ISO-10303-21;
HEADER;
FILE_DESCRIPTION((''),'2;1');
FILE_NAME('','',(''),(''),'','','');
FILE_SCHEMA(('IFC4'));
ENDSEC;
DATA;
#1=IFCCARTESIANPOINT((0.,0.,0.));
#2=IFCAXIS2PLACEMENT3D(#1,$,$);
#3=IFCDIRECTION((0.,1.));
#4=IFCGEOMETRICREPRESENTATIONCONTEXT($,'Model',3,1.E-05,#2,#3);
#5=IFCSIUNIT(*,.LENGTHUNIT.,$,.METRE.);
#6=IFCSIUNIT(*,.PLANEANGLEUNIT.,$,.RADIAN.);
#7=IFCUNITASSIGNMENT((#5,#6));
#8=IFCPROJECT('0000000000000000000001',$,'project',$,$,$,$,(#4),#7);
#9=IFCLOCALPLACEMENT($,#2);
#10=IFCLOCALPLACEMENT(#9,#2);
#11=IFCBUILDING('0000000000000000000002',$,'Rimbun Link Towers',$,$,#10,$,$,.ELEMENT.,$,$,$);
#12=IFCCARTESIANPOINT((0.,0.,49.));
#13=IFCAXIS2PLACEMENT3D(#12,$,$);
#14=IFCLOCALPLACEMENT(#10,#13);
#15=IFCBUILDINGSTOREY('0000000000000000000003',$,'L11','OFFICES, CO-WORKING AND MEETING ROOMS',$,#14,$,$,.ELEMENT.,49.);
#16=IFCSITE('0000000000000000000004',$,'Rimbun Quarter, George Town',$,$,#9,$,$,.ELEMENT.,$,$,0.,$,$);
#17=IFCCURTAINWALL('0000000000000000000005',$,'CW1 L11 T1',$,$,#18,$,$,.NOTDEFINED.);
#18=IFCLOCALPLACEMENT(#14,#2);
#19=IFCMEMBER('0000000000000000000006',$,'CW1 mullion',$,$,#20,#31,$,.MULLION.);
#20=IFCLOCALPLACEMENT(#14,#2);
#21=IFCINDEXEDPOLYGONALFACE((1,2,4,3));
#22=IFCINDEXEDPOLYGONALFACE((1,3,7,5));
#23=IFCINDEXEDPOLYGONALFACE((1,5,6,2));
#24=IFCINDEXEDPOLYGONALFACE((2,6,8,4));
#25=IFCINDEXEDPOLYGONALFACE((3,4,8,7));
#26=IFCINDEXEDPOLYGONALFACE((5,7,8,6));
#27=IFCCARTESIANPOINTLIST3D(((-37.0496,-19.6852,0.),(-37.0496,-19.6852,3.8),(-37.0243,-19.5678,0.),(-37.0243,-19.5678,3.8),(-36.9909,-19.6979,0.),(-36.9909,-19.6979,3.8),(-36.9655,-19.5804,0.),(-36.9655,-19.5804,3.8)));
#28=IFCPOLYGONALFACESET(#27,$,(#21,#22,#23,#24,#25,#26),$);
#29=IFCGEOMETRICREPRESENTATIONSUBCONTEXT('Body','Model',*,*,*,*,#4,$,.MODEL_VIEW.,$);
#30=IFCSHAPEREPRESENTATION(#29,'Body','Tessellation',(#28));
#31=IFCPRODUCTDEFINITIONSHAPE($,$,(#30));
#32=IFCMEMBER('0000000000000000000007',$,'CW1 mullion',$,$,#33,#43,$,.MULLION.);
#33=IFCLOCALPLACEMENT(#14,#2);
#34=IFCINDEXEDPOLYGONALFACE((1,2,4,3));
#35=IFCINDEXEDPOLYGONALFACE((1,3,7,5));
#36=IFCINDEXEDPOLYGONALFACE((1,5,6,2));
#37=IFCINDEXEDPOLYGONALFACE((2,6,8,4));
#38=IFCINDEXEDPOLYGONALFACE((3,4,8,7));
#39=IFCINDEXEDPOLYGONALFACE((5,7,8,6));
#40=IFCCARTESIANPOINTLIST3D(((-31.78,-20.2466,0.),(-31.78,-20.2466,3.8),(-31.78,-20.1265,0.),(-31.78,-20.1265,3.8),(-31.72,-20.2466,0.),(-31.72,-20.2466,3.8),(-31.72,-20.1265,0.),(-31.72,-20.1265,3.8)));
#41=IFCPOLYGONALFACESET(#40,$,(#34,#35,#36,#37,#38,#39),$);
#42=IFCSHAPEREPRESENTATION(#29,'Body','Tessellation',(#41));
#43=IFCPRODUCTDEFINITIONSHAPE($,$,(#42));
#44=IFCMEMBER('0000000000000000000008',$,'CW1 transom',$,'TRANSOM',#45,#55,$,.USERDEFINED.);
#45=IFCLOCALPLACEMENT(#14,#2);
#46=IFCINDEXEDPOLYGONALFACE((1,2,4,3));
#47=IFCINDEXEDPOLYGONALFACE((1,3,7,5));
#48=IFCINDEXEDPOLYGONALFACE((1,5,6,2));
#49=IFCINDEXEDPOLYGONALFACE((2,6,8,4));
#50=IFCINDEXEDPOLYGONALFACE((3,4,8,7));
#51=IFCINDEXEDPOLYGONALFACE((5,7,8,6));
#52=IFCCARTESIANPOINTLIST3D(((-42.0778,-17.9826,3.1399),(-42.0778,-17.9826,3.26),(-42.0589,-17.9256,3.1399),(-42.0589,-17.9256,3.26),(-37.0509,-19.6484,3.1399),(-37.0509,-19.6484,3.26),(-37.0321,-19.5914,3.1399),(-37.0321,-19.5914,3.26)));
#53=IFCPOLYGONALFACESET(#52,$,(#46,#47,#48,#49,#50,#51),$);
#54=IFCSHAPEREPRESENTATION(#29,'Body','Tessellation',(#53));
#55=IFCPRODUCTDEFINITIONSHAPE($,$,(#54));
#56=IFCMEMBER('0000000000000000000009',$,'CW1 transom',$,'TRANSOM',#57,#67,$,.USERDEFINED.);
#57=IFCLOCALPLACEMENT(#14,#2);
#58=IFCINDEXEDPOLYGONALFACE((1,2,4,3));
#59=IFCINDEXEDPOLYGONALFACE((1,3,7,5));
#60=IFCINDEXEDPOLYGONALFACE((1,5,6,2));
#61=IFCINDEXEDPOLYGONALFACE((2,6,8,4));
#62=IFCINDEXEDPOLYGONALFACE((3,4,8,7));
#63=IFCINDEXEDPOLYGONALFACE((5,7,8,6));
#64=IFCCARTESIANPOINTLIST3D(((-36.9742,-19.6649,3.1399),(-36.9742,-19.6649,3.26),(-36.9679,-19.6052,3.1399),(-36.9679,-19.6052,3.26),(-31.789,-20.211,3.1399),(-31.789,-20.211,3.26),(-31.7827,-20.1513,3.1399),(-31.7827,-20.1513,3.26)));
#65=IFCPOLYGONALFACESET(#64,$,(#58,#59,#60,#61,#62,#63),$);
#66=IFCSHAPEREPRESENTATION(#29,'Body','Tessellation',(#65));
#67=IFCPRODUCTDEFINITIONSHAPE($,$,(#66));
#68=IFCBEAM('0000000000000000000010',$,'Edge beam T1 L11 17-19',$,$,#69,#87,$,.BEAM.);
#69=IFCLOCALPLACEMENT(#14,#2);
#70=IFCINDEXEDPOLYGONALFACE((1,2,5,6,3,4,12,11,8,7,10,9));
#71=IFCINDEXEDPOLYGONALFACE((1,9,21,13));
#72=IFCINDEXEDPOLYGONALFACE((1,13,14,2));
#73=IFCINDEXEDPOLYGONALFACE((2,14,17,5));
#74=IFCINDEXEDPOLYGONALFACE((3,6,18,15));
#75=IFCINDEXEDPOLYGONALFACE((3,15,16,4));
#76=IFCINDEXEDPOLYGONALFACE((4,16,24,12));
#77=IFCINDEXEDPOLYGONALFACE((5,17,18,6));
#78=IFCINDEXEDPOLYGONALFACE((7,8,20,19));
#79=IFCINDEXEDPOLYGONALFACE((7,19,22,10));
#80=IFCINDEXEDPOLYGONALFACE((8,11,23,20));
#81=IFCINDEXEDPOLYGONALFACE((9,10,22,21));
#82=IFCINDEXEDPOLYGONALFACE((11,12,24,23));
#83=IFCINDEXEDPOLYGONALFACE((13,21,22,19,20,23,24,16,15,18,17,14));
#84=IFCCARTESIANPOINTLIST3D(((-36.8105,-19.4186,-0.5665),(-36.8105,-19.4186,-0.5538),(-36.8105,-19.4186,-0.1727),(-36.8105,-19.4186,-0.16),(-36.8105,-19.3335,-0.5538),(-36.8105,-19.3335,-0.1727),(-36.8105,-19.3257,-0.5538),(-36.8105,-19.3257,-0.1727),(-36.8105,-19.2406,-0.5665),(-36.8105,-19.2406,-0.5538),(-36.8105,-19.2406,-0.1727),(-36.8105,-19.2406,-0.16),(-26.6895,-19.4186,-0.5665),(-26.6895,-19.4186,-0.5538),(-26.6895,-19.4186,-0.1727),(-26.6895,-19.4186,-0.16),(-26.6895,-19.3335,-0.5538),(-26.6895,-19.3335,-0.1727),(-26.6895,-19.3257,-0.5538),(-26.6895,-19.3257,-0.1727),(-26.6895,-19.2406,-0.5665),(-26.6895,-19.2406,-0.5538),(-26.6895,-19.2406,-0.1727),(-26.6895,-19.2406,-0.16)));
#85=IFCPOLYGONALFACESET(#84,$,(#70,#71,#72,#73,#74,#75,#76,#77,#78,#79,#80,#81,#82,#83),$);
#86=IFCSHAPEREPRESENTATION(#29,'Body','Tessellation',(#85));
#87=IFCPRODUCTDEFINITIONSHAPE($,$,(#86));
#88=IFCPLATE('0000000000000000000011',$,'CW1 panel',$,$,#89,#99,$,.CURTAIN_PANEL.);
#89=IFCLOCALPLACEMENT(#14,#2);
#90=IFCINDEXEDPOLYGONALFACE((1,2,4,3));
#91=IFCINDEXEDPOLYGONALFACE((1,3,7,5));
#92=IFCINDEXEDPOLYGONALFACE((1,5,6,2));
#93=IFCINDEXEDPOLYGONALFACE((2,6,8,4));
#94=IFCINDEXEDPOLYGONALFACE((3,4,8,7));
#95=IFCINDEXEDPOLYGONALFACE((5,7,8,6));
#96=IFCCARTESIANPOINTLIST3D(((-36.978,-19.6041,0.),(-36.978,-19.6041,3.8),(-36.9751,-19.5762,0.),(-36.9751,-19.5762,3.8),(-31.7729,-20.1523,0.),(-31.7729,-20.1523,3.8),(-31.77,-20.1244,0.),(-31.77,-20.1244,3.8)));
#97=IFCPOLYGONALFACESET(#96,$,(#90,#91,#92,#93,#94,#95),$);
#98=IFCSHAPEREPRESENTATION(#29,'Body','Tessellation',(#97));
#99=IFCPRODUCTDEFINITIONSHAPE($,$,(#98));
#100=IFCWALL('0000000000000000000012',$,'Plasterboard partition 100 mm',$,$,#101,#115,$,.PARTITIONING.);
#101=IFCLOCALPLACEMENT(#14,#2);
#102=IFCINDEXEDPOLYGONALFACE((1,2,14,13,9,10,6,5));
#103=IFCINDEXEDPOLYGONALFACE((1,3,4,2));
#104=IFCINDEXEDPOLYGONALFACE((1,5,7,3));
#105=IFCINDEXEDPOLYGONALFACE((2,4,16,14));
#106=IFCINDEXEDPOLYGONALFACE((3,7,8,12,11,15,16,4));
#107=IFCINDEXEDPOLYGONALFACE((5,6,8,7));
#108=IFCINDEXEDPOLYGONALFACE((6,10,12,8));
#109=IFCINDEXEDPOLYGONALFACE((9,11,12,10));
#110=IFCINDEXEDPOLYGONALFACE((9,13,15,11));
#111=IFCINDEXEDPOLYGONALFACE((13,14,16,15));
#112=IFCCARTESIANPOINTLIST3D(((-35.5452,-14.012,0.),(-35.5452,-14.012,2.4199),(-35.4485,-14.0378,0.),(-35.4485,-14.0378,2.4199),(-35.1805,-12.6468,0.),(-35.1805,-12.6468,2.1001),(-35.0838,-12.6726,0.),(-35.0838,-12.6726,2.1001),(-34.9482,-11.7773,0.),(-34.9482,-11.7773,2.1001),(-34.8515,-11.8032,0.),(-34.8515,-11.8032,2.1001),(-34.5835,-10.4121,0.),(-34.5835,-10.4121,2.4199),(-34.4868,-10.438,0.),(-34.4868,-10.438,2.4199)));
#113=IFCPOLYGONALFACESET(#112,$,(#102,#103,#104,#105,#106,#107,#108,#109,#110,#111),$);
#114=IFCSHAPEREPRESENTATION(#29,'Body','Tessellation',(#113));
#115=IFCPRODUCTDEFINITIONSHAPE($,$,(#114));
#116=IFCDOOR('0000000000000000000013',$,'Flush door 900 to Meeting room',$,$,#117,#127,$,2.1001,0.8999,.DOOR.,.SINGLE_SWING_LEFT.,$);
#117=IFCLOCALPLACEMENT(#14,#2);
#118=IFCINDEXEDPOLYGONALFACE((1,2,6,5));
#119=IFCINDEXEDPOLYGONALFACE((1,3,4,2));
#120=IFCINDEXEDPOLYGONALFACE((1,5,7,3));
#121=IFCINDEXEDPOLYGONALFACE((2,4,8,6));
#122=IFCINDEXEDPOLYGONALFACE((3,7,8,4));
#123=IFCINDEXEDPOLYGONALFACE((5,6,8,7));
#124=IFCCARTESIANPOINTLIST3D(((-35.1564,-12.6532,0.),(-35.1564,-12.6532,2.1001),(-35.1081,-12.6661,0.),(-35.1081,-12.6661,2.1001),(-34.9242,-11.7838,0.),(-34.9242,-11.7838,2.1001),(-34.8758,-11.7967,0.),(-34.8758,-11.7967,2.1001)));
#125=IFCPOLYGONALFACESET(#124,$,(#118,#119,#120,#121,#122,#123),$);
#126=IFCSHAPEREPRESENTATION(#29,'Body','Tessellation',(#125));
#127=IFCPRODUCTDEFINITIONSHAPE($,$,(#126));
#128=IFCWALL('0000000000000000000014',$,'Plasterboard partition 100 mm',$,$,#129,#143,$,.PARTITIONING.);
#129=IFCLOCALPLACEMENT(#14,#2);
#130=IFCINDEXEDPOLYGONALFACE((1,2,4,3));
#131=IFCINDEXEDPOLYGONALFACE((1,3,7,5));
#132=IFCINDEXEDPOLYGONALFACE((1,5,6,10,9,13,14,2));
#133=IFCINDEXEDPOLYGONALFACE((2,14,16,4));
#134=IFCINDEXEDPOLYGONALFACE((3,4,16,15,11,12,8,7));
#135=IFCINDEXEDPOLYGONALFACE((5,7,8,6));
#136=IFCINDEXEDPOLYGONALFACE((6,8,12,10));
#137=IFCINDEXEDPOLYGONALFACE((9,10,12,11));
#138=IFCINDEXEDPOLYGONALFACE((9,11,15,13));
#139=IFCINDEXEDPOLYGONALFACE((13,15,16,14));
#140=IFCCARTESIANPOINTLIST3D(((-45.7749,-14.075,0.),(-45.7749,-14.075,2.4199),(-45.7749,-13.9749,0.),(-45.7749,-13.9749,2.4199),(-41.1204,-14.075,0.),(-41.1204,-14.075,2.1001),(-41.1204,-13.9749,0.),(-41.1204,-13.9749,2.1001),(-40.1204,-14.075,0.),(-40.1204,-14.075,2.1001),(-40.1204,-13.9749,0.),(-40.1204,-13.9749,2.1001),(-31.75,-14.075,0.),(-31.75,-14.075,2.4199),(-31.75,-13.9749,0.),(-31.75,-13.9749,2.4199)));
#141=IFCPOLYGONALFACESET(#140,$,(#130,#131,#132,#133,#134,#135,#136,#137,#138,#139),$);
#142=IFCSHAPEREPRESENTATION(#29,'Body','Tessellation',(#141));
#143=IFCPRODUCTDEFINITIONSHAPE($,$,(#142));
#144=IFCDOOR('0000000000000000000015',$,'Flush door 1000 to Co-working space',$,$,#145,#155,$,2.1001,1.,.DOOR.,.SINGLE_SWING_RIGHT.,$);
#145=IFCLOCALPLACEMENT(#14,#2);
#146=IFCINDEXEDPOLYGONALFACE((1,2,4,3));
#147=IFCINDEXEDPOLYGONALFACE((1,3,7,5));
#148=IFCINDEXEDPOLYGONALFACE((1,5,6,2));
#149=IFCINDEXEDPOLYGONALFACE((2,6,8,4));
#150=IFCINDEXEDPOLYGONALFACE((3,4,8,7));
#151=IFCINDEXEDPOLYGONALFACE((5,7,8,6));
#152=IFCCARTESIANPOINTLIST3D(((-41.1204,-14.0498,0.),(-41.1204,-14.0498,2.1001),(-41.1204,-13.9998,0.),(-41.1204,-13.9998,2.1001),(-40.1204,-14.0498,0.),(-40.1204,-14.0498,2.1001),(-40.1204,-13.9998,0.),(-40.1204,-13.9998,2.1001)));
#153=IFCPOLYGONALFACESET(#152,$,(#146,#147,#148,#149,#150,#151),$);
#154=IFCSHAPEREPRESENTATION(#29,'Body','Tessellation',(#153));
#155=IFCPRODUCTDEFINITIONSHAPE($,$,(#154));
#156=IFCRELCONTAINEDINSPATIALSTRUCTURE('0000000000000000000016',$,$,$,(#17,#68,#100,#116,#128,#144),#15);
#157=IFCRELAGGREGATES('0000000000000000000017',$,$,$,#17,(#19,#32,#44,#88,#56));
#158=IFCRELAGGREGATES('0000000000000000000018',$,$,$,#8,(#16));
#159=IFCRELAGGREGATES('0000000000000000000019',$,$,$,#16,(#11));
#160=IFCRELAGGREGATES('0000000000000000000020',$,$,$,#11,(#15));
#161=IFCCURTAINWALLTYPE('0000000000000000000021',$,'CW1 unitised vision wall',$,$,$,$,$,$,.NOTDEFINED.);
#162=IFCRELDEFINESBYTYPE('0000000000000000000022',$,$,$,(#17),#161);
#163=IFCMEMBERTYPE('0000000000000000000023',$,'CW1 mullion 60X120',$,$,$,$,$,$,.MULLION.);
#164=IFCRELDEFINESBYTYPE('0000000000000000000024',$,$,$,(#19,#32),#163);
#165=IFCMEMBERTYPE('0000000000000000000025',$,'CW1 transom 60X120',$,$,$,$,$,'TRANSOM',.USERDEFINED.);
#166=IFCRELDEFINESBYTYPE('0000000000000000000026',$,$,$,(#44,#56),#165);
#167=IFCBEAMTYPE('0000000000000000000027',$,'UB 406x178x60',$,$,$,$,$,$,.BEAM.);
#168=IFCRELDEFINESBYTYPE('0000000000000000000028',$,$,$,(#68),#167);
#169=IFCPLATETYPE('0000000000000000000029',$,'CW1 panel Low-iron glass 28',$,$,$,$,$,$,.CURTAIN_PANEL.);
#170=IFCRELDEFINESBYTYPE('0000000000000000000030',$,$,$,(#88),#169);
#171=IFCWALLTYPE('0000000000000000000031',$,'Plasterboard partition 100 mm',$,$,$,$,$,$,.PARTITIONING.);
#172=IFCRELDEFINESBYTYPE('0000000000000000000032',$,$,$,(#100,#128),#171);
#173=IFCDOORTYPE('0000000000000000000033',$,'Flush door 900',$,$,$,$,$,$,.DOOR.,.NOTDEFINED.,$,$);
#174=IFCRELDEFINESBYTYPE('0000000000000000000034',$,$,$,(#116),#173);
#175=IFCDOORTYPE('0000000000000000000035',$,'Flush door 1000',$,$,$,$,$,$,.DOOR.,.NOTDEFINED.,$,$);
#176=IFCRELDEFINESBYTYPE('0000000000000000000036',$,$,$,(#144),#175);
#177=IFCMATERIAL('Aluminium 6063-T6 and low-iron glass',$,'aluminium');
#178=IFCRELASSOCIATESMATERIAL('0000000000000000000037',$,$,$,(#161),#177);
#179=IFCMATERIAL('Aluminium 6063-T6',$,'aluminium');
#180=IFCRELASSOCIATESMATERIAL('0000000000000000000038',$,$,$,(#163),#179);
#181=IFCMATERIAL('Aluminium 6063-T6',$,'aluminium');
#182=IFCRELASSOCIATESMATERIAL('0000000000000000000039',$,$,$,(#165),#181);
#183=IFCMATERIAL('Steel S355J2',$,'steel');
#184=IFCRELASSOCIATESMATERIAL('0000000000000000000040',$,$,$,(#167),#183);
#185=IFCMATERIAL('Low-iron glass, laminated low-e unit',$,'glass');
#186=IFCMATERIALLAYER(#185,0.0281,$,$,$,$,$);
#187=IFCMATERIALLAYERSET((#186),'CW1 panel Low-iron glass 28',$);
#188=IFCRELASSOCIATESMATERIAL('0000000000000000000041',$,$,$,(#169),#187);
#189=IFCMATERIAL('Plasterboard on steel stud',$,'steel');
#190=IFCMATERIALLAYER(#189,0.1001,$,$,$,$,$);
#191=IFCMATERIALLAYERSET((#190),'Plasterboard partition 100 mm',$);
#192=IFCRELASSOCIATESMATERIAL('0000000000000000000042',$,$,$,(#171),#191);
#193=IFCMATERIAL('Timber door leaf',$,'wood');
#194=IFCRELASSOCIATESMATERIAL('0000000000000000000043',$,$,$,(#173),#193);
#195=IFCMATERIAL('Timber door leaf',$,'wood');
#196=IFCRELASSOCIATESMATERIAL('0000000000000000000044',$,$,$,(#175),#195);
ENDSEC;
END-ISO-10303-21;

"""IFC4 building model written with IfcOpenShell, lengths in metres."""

from ifc_helpers import new_model, si_unit, direction, frame, frame_2d, origin, origin_2d, place, context, subcontext, project, spatial, rectangle, i_section, extrude, material, layer, layer_set, material_profile, profile_set, type_object, element, fill, aggregate, save


model = new_model("IFC4")

# Units and contexts
model_context = context("Model", 3, precision=1e-05, world=origin(), true_north=direction((0.0, 1.0)))
body_context = subcontext(model_context, "Body", "Model", "MODEL_VIEW")
ifc_project = project(units=[si_unit("LENGTHUNIT", "METRE"), si_unit("PLANEANGLEUNIT", "RADIAN")], contexts=[model_context])

# Site, building, storey
site_placement = place(None, origin())
site = spatial("IfcSite", under=ifc_project, at=site_placement, Name="Rimbun Quarter, George Town", CompositionType="ELEMENT", RefElevation=0.0)
building_placement = place(site_placement, origin())
building = spatial("IfcBuilding", under=site, at=building_placement, Name="Rimbun Link Towers", CompositionType="ELEMENT")
storey_placement = place(building_placement, frame((0.0, 0.0, 49.0)))
storey = spatial("IfcBuildingStorey", under=building, at=storey_placement, Name="L11", Description="OFFICES, CO-WORKING AND MEETING ROOMS", CompositionType="ELEMENT", Elevation=49.0)

# Curtain wall, members
ifc_material_1 = material(Name="Aluminium 6063-T6 and low-iron glass", Category="aluminium")
curtain_wall_type = type_object("IfcCurtainWallType", Name="CW1 unitised vision wall", PredefinedType="NOTDEFINED", material=ifc_material_1)
curtain_wall_placement = place(storey_placement, origin())
curtain_wall = element("IfcCurtainWall", 1, at=curtain_wall_placement, inside=storey, type_object=curtain_wall_type, Name="CW1 L11 T1", PredefinedType="NOTDEFINED")
ifc_material_2 = material(Name="Aluminium 6063-T6", Category="aluminium")
ifc_material_profile_1 = material_profile(ifc_material_2, rectangle(XDim=0.1201, YDim=0.0601, at=origin_2d()), Name="MULLION 60X120")
ifc_profile_set_1 = profile_set([ifc_material_profile_1], Name="Aluminium 6063-T6")
member_type_1 = type_object("IfcMemberType", Name="CW1 mullion 60X120", PredefinedType="MULLION", material=ifc_profile_set_1)
member_1_placement = place(storey_placement, frame((-37.0076, -19.6328, 0.0), z_axis=(0.0, 0.0, 1.0), x_axis=(-0.210868, -0.977515, 0.0)))
member_1 = element("IfcMember", 2, at=member_1_placement, type_object=member_type_1, Name="CW1 mullion", PredefinedType="MULLION", context=body_context, shape_type="SweptSolid", body=[
    extrude(rectangle(XDim=0.1201, YDim=0.0601, at=origin_2d()), origin(), (0.0, 0.0, 1.0), 3.8),
])
member_2_placement = place(storey_placement, frame((-31.75, -20.1865, 0.0), z_axis=(0.0, 0.0, 1.0), x_axis=(0.0, -1.0, 0.0)))
member_2 = element("IfcMember", 3, at=member_2_placement, type_object=member_type_1, Name="CW1 mullion", PredefinedType="MULLION", context=body_context, shape_type="SweptSolid", body=[
    extrude(rectangle(XDim=0.1201, YDim=0.0601, at=origin_2d()), origin(), (0.0, 0.0, 1.0), 3.8),
])
ifc_material_3 = material(Name="Aluminium 6063-T6", Category="aluminium")
ifc_material_profile_2 = material_profile(ifc_material_3, rectangle(XDim=0.0601, YDim=0.1201, at=origin_2d()), Name="TRANSOM 60X120")
ifc_profile_set_2 = profile_set([ifc_material_profile_2], Name="Aluminium 6063-T6")
member_type_2 = type_object("IfcMemberType", Name="CW1 transom 60X120", ElementType="TRANSOM", PredefinedType="USERDEFINED", material=ifc_profile_set_2)
member_3_placement = place(storey_placement, frame((-37.0415, -19.6199, 3.2), z_axis=(-0.94924, 0.314554, 0.0), x_axis=(-0.314554, -0.94924, 0.0)))
member_3 = element("IfcMember", 4, at=member_3_placement, type_object=member_type_2, Name="CW1 transom", ObjectType="TRANSOM", PredefinedType="USERDEFINED", context=body_context, shape_type="SweptSolid", body=[
    extrude(rectangle(XDim=0.0601, YDim=0.1201, at=origin_2d()), origin(), (0.0, 0.0, 1.0), 5.2957),
])
member_4_placement = place(storey_placement, frame((-31.7859, -20.1812, 3.2), z_axis=(-0.994499, 0.104746, 0.0), x_axis=(-0.104746, -0.994499, 0.0)))
member_4 = element("IfcMember", 5, at=member_4_placement, type_object=member_type_2, Name="CW1 transom", ObjectType="TRANSOM", PredefinedType="USERDEFINED", context=body_context, shape_type="SweptSolid", body=[
    extrude(rectangle(XDim=0.0601, YDim=0.1201, at=origin_2d()), origin(), (0.0, 0.0, 1.0), 5.2139),
])

# Beam
ifc_material_4 = material(Name="Steel S355J2", Category="steel")
ifc_material_profile_3 = material_profile(ifc_material_4, i_section(OverallWidth=0.178, OverallDepth=0.4065, WebThickness=0.0078, FlangeThickness=0.0127, at=origin_2d()), Name="UB 406x178x60")
ifc_profile_set_3 = profile_set([ifc_material_profile_3], Name="Steel S355J2")
beam_type = type_object("IfcBeamType", Name="UB 406x178x60", PredefinedType="BEAM", material=ifc_profile_set_3)
beam_placement = place(storey_placement, frame((-36.8105, -19.3296, -0.3633), z_axis=(1.0, 0.0, 0.0), x_axis=(0.0, 1.0, 0.0)))
element("IfcBeam", 6, at=beam_placement, inside=storey, type_object=beam_type, Name="Edge beam T1 L11 17-19", PredefinedType="BEAM", context=body_context, shape_type="SweptSolid", body=[
    extrude(i_section(OverallWidth=0.178, OverallDepth=0.4065, WebThickness=0.0078, FlangeThickness=0.0127, at=origin_2d()), origin(), (0.0, 0.0, 1.0), 10.1211),
])

# Plate
ifc_material_5 = material(Name="Low-iron glass, laminated low-e unit", Category="glass")
ifc_layer_1 = layer(ifc_material_5, 0.0281)
ifc_layer_set_1 = layer_set([ifc_layer_1], Name="CW1 panel Low-iron glass 28")
plate_type = type_object("IfcPlateType", Name="CW1 panel Low-iron glass 28", PredefinedType="CURTAIN_PANEL", material=ifc_layer_set_1)
plate_placement = place(storey_placement, frame((-34.374, -19.8643, 0.0), z_axis=(0.0, 0.0, 1.0), x_axis=(-0.994499, 0.104742, 0.0)))
plate = element("IfcPlate", 7, at=plate_placement, type_object=plate_type, Name="CW1 panel", PredefinedType="CURTAIN_PANEL", context=body_context, shape_type="SweptSolid", body=[
    extrude(rectangle(XDim=5.2339, YDim=0.0281, at=origin_2d()), origin(), (0.0, 0.0, 1.0), 3.8),
])
aggregate(curtain_wall, [member_1, member_2, member_3, plate, member_4])

# Walls, openings, doors
ifc_material_6 = material(Name="Plasterboard on steel stud", Category="steel")
ifc_layer_2 = layer(ifc_material_6, 0.1001)
ifc_layer_set_2 = layer_set([ifc_layer_2], Name="Plasterboard partition 100 mm")
wall_type = type_object("IfcWallType", Name="Plasterboard partition 100 mm", PredefinedType="PARTITIONING", material=ifc_layer_set_2)
wall_1_placement = place(storey_placement, frame((-34.5352, -10.425, 0.0), z_axis=(0.0, 0.0, 1.0), x_axis=(-0.258091, -0.966121, 0.0)))
wall_1 = element("IfcWall", 8, at=wall_1_placement, inside=storey, type_object=wall_type, Name="Plasterboard partition 100 mm", PredefinedType="PARTITIONING", context=body_context, shape_type="SweptSolid", body=[
    extrude(rectangle(XDim=3.7261, YDim=0.1001, at=frame_2d((1.863, 0.0))), origin(), (0.0, 0.0, 1.0), 2.4199),
])
opening_1_placement = place(wall_1_placement, frame((1.4131, 0.0, 0.0)))
opening_1 = element("IfcOpeningElement", 9, at=opening_1_placement, cuts=wall_1, PredefinedType="OPENING", context=body_context, shape_type="SweptSolid", body=[
    extrude(rectangle(XDim=0.8999, YDim=2.1001, at=frame_2d((0.45, 1.05))), frame((0.0, 0.0601, 0.0), z_axis=(0.0, -1.0, 0.0), x_axis=(1.0, 0.0, 0.0)), (0.0, 0.0, 1.0), 0.1201),
])
ifc_material_7 = material(Name="Timber door leaf", Category="wood")
door_type_1 = type_object("IfcDoorType", Name="Flush door 900", OperationType="NOTDEFINED", PredefinedType="DOOR", material=ifc_material_7)
door_1_placement = place(opening_1_placement, origin())
door_1 = element("IfcDoor", 10, at=door_1_placement, inside=storey, type_object=door_type_1, Name="Flush door 900 to Meeting room", OperationType="SINGLE_SWING_LEFT", OverallHeight=2.1001, OverallWidth=0.8999, PredefinedType="DOOR", context=body_context, shape_type="SweptSolid", body=[
    extrude(rectangle(XDim=0.8999, YDim=2.1001, at=frame_2d((0.45, 1.05))), frame((0.0, 0.0249, 0.0), z_axis=(0.0, -1.0, 0.0), x_axis=(1.0, 0.0, 0.0)), (0.0, 0.0, 1.0), 0.05),
])
fill(opening_1, door_1)
wall_2_placement = place(storey_placement, frame((-31.75, -14.0249, 0.0), z_axis=(0.0, 0.0, 1.0), x_axis=(-1.0, 0.0, 0.0)))
wall_2 = element("IfcWall", 11, at=wall_2_placement, inside=storey, type_object=wall_type, Name="Plasterboard partition 100 mm", PredefinedType="PARTITIONING", context=body_context, shape_type="SweptSolid", body=[
    extrude(rectangle(XDim=14.0249, YDim=0.1001, at=frame_2d((7.0125, 0.0))), origin(), (0.0, 0.0, 1.0), 2.4199),
])
opening_2_placement = place(wall_2_placement, frame((8.3704, 0.0, 0.0)))
opening_2 = element("IfcOpeningElement", 12, at=opening_2_placement, cuts=wall_2, PredefinedType="OPENING", context=body_context, shape_type="SweptSolid", body=[
    extrude(rectangle(XDim=1.0, YDim=2.1001, at=frame_2d((0.5, 1.05))), frame((0.0, 0.0601, 0.0), z_axis=(0.0, -1.0, 0.0), x_axis=(1.0, 0.0, 0.0)), (0.0, 0.0, 1.0), 0.1201),
])
ifc_material_8 = material(Name="Timber door leaf", Category="wood")
door_type_2 = type_object("IfcDoorType", Name="Flush door 1000", OperationType="NOTDEFINED", PredefinedType="DOOR", material=ifc_material_8)
door_2_placement = place(opening_2_placement, origin())
door_2 = element("IfcDoor", 13, at=door_2_placement, inside=storey, type_object=door_type_2, Name="Flush door 1000 to Co-working space", OperationType="SINGLE_SWING_RIGHT", OverallHeight=2.1001, OverallWidth=1.0, PredefinedType="DOOR", context=body_context, shape_type="SweptSolid", body=[
    extrude(rectangle(XDim=1.0, YDim=2.1001, at=frame_2d((0.5, 1.05))), frame((0.0, 0.0249, 0.0), z_axis=(0.0, -1.0, 0.0), x_axis=(1.0, 0.0, 0.0)), (0.0, 0.0, 1.0), 0.05),
])
fill(opening_2, door_2)

save(model, "model.ifc")
